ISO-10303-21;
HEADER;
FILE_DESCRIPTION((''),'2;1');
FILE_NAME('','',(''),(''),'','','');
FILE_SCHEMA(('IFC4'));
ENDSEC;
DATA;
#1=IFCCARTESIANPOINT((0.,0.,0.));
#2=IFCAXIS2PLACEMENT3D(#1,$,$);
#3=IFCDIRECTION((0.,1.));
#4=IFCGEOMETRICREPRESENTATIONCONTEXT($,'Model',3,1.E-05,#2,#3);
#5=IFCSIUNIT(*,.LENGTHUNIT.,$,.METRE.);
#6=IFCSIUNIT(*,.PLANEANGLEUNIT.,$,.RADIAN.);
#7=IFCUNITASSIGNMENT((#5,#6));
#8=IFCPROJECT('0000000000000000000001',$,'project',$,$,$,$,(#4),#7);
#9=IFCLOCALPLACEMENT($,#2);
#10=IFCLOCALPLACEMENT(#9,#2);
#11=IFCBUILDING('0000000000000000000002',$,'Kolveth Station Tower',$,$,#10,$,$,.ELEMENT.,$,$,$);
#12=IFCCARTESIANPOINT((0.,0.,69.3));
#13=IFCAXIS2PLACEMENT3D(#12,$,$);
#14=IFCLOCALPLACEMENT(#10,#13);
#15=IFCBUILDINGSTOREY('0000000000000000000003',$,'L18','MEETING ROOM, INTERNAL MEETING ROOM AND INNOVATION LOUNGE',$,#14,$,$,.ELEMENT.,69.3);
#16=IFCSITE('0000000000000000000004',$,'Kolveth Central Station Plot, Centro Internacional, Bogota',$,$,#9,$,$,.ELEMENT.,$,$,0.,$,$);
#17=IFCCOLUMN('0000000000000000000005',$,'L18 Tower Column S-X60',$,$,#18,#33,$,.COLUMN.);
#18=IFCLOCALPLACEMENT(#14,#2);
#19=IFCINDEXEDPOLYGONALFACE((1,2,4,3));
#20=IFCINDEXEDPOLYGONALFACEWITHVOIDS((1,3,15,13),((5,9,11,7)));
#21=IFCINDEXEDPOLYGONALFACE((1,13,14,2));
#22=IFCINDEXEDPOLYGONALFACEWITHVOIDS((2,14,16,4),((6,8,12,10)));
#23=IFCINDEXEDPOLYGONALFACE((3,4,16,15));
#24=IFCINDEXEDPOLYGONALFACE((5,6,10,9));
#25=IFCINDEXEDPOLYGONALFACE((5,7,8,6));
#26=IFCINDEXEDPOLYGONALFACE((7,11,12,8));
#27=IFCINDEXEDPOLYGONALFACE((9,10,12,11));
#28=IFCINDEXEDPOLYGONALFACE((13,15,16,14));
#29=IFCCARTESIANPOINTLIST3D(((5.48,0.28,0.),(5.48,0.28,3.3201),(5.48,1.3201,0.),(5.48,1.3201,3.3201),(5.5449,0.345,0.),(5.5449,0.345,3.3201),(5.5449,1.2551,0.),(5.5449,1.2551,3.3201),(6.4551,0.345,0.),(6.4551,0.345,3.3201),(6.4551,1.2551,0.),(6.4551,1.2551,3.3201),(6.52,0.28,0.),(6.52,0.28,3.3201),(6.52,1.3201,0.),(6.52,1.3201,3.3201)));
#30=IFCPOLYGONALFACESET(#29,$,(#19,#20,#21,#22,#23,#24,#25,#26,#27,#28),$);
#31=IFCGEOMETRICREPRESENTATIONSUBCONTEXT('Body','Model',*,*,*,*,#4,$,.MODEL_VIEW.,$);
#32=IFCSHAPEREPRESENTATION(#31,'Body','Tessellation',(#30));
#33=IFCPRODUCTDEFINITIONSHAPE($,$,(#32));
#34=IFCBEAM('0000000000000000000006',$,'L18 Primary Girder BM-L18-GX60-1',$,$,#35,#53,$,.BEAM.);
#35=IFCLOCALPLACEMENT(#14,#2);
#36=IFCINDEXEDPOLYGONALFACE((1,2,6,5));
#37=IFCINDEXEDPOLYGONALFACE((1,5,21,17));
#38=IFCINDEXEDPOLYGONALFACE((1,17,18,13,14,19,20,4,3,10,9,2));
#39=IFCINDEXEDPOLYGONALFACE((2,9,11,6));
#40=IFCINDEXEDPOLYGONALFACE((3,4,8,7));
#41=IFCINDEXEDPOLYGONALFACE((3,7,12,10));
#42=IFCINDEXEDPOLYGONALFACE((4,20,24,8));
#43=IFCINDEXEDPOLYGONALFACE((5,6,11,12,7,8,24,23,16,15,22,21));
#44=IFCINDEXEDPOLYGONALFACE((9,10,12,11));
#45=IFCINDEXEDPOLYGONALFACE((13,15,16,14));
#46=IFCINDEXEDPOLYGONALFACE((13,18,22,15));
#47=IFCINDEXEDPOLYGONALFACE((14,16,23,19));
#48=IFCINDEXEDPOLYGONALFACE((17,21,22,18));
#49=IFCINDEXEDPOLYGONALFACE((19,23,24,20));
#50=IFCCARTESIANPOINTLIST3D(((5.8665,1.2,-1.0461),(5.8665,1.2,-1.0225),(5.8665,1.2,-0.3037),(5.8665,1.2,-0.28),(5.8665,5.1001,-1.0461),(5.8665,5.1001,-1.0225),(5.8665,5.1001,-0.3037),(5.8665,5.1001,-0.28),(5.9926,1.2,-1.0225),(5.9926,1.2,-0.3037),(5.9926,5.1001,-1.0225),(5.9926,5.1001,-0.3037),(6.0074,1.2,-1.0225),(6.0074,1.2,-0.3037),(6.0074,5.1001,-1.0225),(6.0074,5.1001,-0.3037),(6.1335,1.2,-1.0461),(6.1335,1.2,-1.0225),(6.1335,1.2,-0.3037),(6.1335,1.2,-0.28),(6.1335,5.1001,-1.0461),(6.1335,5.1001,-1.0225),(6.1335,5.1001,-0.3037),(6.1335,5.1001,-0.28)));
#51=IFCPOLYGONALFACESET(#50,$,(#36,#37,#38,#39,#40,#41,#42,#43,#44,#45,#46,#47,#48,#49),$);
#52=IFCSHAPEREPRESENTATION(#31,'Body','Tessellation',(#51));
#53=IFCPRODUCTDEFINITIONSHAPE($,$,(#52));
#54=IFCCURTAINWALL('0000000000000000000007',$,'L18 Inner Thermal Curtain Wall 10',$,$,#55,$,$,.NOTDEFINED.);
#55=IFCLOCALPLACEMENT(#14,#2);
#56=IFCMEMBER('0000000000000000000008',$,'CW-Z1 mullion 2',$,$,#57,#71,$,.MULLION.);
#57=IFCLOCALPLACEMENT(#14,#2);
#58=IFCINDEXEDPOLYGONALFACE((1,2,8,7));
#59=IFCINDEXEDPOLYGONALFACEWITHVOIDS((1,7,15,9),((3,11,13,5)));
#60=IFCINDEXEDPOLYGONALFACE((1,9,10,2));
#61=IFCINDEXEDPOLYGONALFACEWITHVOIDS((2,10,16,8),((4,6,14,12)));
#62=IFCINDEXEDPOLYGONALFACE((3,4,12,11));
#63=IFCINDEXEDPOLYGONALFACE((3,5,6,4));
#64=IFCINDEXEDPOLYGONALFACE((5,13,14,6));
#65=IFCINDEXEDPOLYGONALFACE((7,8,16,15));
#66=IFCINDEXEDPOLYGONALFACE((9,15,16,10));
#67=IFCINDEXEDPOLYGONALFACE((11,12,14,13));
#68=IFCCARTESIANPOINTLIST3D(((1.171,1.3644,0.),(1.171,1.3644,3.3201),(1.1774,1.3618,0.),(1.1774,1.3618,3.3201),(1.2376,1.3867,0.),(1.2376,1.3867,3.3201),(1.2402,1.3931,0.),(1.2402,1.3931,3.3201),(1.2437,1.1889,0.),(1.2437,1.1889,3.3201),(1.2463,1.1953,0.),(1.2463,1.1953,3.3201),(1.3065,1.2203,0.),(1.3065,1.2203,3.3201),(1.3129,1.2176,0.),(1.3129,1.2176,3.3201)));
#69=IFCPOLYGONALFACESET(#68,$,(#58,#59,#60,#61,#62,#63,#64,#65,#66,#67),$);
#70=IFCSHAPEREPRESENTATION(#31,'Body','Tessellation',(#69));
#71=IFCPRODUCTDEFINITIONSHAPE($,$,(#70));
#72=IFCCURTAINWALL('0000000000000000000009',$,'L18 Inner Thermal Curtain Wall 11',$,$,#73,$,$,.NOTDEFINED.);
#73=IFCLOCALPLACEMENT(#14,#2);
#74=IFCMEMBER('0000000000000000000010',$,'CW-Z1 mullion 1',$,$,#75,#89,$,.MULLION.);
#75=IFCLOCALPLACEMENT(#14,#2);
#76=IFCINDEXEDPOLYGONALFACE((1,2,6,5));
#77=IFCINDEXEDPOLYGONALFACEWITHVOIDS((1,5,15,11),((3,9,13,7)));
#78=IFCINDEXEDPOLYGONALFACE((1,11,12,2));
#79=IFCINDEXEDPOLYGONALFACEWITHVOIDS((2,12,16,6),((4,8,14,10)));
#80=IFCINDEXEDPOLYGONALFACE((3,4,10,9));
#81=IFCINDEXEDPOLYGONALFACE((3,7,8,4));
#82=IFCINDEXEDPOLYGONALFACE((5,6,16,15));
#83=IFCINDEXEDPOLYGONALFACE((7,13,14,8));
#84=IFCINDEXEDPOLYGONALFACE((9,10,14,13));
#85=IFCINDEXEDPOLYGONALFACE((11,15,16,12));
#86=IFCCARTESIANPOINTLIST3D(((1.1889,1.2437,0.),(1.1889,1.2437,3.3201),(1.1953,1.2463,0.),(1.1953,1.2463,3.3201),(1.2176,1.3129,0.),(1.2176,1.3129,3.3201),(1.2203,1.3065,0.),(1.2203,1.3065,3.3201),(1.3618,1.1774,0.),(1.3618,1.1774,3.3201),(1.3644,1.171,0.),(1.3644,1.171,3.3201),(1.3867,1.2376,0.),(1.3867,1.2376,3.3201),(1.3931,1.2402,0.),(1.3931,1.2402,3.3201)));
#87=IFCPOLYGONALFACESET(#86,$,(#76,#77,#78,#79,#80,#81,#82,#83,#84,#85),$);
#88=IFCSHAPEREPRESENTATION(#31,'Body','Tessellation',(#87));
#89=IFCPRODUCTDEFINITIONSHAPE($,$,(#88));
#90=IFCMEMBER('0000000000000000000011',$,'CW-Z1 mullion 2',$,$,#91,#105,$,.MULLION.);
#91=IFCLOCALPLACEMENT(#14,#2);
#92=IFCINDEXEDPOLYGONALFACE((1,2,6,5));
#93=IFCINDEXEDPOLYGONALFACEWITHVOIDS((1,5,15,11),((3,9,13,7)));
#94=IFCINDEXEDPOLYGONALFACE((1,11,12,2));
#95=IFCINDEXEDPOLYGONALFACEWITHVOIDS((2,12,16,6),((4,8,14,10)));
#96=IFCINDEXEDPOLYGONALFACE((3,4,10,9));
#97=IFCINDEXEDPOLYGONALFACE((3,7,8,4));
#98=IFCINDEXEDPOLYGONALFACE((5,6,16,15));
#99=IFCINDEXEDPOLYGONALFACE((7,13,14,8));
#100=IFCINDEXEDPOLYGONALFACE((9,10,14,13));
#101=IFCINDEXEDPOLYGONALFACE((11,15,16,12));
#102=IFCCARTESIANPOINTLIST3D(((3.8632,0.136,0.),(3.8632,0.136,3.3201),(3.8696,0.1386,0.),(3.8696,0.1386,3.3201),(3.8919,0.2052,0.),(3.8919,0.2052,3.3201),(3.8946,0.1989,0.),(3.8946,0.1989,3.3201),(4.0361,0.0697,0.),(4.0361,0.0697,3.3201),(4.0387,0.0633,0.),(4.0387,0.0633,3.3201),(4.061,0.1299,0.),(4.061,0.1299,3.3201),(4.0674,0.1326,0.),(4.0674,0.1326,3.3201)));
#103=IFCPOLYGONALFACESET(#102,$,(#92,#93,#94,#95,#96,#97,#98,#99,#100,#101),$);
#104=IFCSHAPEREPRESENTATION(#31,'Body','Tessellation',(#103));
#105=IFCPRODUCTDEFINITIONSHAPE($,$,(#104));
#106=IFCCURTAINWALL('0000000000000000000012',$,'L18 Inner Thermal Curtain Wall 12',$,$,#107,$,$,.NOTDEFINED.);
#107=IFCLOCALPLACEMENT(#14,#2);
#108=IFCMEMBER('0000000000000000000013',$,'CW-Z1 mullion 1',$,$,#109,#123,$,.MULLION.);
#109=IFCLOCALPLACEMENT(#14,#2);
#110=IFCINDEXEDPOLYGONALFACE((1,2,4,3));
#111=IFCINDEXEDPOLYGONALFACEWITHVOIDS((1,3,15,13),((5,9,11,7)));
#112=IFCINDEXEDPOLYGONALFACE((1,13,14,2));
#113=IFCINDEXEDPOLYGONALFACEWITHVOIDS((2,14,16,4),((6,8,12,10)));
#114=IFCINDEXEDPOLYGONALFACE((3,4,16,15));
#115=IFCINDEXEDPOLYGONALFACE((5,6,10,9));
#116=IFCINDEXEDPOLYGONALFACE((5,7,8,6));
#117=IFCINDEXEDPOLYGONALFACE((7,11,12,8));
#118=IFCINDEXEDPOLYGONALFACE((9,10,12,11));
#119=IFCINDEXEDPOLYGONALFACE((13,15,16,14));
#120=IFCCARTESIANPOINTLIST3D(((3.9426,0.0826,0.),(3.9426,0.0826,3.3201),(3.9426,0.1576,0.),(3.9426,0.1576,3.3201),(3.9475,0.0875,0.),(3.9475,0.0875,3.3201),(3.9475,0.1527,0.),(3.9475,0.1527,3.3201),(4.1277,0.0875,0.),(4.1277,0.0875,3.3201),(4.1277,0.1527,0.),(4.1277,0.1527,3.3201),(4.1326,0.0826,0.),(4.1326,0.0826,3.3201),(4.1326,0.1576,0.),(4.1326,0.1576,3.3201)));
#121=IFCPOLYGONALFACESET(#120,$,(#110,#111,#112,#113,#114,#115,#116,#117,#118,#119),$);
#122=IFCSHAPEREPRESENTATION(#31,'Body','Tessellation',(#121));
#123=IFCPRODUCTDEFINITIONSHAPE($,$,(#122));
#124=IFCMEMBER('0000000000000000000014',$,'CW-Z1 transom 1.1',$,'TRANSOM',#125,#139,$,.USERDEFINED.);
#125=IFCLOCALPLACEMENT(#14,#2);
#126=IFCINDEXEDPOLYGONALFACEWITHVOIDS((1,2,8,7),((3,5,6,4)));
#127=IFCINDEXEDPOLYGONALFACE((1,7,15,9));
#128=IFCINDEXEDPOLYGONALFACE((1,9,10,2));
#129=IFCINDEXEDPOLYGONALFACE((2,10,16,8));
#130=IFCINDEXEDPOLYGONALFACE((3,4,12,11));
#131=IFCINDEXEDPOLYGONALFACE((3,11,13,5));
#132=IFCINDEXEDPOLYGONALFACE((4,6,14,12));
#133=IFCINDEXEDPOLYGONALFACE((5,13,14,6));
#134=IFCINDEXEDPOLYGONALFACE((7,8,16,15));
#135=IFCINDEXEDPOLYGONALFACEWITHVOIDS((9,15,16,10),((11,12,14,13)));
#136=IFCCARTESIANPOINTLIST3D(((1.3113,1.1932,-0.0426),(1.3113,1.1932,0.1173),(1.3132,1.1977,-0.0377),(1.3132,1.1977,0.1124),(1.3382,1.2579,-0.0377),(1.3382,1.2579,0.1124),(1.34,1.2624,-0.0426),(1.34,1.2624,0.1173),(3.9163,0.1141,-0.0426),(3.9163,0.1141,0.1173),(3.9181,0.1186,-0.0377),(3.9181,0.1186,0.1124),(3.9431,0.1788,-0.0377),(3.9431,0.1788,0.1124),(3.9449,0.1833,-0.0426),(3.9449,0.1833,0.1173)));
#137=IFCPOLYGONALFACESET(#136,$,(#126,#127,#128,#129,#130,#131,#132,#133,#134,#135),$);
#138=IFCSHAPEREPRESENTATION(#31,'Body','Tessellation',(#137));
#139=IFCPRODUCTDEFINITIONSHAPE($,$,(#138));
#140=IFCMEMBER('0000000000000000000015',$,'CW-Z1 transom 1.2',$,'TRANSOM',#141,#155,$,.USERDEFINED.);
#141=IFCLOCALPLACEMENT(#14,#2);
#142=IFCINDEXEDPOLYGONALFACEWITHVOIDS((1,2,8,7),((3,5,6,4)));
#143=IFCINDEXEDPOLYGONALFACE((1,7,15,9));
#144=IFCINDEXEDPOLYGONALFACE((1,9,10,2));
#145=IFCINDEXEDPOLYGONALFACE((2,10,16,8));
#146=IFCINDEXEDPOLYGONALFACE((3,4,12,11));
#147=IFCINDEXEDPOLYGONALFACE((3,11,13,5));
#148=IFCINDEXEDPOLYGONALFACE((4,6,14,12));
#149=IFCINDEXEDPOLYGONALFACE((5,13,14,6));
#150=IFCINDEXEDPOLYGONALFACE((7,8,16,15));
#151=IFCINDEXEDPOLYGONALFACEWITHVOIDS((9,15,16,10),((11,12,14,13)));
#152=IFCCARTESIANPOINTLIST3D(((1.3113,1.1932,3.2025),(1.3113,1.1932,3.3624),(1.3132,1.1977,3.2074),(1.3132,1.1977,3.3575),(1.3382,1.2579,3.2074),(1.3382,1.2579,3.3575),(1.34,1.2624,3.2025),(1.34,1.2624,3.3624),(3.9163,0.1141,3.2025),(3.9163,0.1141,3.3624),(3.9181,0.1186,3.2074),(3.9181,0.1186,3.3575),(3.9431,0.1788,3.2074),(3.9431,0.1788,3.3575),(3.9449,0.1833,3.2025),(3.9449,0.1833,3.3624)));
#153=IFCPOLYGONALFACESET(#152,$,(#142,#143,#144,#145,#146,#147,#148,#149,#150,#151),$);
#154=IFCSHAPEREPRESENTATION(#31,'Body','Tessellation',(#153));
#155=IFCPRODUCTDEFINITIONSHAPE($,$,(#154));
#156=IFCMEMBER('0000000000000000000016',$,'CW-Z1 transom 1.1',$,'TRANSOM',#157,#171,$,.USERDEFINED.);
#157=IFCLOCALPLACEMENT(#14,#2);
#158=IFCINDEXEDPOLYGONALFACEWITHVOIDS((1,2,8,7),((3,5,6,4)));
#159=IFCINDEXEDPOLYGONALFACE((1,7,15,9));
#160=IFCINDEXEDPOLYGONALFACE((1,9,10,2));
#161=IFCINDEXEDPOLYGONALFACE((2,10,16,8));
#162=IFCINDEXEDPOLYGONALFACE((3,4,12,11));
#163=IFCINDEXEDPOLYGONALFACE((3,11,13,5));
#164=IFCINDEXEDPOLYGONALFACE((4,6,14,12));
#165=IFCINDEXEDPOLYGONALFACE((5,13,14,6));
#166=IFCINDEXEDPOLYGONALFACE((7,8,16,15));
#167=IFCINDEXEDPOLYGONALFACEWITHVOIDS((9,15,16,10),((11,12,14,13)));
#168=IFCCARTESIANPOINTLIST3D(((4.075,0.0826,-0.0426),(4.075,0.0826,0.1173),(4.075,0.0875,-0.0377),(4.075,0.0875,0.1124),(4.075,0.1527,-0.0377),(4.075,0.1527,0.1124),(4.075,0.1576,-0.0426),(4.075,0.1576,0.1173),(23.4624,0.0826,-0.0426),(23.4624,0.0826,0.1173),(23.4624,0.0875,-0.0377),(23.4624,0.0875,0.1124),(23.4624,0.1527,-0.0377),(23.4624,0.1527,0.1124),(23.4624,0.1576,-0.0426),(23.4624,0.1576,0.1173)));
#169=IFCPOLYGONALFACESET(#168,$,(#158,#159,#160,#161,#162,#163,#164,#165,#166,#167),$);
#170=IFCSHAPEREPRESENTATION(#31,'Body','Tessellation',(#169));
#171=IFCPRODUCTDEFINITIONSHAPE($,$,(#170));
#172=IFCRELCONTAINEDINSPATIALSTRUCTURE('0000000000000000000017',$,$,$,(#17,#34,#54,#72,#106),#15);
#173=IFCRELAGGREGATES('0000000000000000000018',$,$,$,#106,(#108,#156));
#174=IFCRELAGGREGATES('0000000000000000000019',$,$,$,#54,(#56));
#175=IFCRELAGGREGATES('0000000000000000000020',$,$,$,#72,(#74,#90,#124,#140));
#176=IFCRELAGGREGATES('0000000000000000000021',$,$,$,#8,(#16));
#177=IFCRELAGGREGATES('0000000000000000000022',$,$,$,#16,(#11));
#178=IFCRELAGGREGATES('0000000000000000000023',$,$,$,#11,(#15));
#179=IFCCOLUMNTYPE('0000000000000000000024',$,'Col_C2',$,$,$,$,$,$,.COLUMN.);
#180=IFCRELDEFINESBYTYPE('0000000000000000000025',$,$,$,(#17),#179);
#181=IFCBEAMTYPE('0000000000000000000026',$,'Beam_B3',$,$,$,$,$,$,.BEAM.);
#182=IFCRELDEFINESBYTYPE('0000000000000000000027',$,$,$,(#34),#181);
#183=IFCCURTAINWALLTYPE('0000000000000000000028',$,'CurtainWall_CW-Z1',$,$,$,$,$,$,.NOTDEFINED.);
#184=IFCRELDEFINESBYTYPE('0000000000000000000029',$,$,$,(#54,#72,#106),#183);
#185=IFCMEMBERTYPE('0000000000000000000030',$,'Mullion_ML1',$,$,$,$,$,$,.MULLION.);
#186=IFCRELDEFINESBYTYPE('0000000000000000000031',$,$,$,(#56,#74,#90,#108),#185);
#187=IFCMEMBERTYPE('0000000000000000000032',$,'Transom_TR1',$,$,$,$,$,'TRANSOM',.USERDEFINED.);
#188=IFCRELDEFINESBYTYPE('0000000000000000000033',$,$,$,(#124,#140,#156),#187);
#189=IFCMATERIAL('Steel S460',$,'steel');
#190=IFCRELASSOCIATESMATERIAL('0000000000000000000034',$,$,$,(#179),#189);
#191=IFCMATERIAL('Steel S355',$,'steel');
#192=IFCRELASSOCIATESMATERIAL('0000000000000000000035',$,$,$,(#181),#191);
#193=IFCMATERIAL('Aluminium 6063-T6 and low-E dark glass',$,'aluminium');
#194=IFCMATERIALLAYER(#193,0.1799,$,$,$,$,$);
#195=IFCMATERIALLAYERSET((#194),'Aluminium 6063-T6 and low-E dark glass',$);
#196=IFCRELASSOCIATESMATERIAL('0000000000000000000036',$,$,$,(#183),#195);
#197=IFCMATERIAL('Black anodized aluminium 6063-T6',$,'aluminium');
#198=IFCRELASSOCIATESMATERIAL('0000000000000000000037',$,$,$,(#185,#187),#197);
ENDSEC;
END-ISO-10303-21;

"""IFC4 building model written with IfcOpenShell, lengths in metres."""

from ifc_helpers import new_model, si_unit, direction, frame, origin, origin_2d, place, context, subcontext, project, spatial, hollow_rectangle, i_section, extrude, source, transform, mapped, material, layer, layer_set, material_profile, profile_set, type_object, element, aggregate, save


model = new_model("IFC4")

# Units and contexts
model_context = context("Model", 3, precision=1e-05, world=origin(), true_north=direction((0.0, 1.0)))
body_context = subcontext(model_context, "Body", "Model", "MODEL_VIEW")
ifc_project = project(units=[si_unit("LENGTHUNIT", "METRE"), si_unit("PLANEANGLEUNIT", "RADIAN")], contexts=[model_context])

# Site, building, storey
site_placement = place(None, origin())
site = spatial("IfcSite", under=ifc_project, at=site_placement, Name="Kolveth Central Station Plot, Centro Internacional, Bogota", CompositionType="ELEMENT", RefElevation=0.0)
building_placement = place(site_placement, origin())
building = spatial("IfcBuilding", under=site, at=building_placement, Name="Kolveth Station Tower", CompositionType="ELEMENT")
storey_placement = place(building_placement, frame((0.0, 0.0, 69.3)))
storey = spatial("IfcBuildingStorey", under=building, at=storey_placement, Name="L18", Description="MEETING ROOM, INTERNAL MEETING ROOM AND INNOVATION LOUNGE", CompositionType="ELEMENT", Elevation=69.3)

# Column
ifc_material_1 = material(Name="Steel S460", Category="steel")
ifc_material_profile_1 = material_profile(ifc_material_1, hollow_rectangle(XDim=1.04, YDim=1.04, WallThickness=0.0649, at=origin_2d()), Name="BOX1040x1040x65")
ifc_profile_set_1 = profile_set([ifc_material_profile_1], Name="Steel S460")
column_type = type_object("IfcColumnType", Name="Col_C2", PredefinedType="COLUMN", material=ifc_profile_set_1)
shared_shape_1 = source(origin(), body_context, "Body", "SweptSolid", [
    extrude(hollow_rectangle(XDim=1.04, YDim=1.04, WallThickness=0.0649, at=origin_2d()), origin(), (0.0, 0.0, 1.0), 3.3201),
])
column_placement = place(storey_placement, frame((6.0, 0.8, 0.0), z_axis=(0.0, 0.0, 1.0), x_axis=(1.0, 0.0, 0.0)))
element("IfcColumn", 1, at=column_placement, inside=storey, type_object=column_type, Name="L18 Tower Column S-X60", PredefinedType="COLUMN", context=body_context, shape_type="MappedRepresentation", body=[
    mapped(shared_shape_1, transform((0.0, 0.0, 0.0), x_axis=(1.0, 0.0, 0.0), y_axis=(0.0, 1.0, 0.0), z_axis=(0.0, 0.0, 1.0), scale=1.0)),
])

# Beam
ifc_material_2 = material(Name="Steel S355", Category="steel")
ifc_material_profile_2 = material_profile(ifc_material_2, i_section(OverallWidth=0.2671, OverallDepth=0.7661, WebThickness=0.0149, FlangeThickness=0.0237, at=origin_2d()), Name="W760x185")
ifc_profile_set_2 = profile_set([ifc_material_profile_2], Name="Steel S355")
beam_type = type_object("IfcBeamType", Name="Beam_B3", PredefinedType="BEAM", material=ifc_profile_set_2)
shared_shape_2 = source(origin(), body_context, "Body", "SweptSolid", [
    extrude(i_section(OverallWidth=0.2671, OverallDepth=0.7661, WebThickness=0.0149, FlangeThickness=0.0237, at=origin_2d()), origin(), (0.0, 0.0, 1.0), 3.9001),
])
beam_placement = place(storey_placement, frame((6.0, 1.2, -0.6631), z_axis=(0.0, 1.0, 0.0), x_axis=(-1.0, 0.0, 0.0)))
element("IfcBeam", 2, at=beam_placement, inside=storey, type_object=beam_type, Name="L18 Primary Girder BM-L18-GX60-1", PredefinedType="BEAM", context=body_context, shape_type="MappedRepresentation", body=[
    mapped(shared_shape_2, transform((0.0, 0.0, 0.0), x_axis=(1.0, 0.0, 0.0), y_axis=(0.0, 1.0, 0.0), z_axis=(0.0, 0.0, 1.0), scale=1.0)),
])

# Curtain wall, member
ifc_material_3 = material(Name="Aluminium 6063-T6 and low-E dark glass", Category="aluminium")
ifc_layer_1 = layer(ifc_material_3, 0.1799)
ifc_layer_set_1 = layer_set([ifc_layer_1], Name="Aluminium 6063-T6 and low-E dark glass")
curtain_wall_type_1 = type_object("IfcCurtainWallType", Name="CurtainWall_CW-Z1", PredefinedType="NOTDEFINED", material=ifc_layer_set_1)
curtain_wall_1_placement = place(storey_placement, origin())
curtain_wall_1 = element("IfcCurtainWall", 3, at=curtain_wall_1_placement, inside=storey, type_object=curtain_wall_type_1, Name="L18 Inner Thermal Curtain Wall 10", PredefinedType="NOTDEFINED")
ifc_material_4 = material(Name="Black anodized aluminium 6063-T6", Category="aluminium")
ifc_material_profile_3 = material_profile(ifc_material_4, hollow_rectangle(XDim=0.075, YDim=0.1899, WallThickness=0.0049, at=origin_2d()), Name="ALU-75x190x5")
ifc_profile_set_3 = profile_set([ifc_material_profile_3], Name="Black anodized aluminium 6063-T6")
member_type_1 = type_object("IfcMemberType", Name="Mullion_ML1", PredefinedType="MULLION", material=ifc_profile_set_3)
shared_shape_3 = source(origin(), body_context, "Body", "SweptSolid", [
    extrude(hollow_rectangle(XDim=0.075, YDim=0.1899, WallThickness=0.0049, at=origin_2d()), origin(), (0.0, 0.0, 1.0), 3.3201),
])
member_1_placement = place(storey_placement, frame((1.2419, 1.291, 0.0), z_axis=(0.0, 0.0, 1.0), x_axis=(0.923884, 0.382673, 0.0)))
member_1 = element("IfcMember", 4, at=member_1_placement, type_object=member_type_1, Name="CW-Z1 mullion 2", PredefinedType="MULLION", context=body_context, shape_type="MappedRepresentation", body=[
    mapped(shared_shape_3, transform((0.0, 0.0, 0.0), x_axis=(1.0, 0.0, 0.0), y_axis=(0.0, 1.0, 0.0), z_axis=(0.0, 0.0, 1.0), scale=1.0)),
])

# Curtain wall, members
curtain_wall_2_placement = place(storey_placement, origin())
curtain_wall_2 = element("IfcCurtainWall", 5, at=curtain_wall_2_placement, inside=storey, type_object=curtain_wall_type_1, Name="L18 Inner Thermal Curtain Wall 11", PredefinedType="NOTDEFINED")
member_2_placement = place(storey_placement, frame((1.291, 1.2419, 0.0), z_axis=(0.0, 0.0, 1.0), x_axis=(0.382673, 0.923884, 0.0)))
member_2 = element("IfcMember", 6, at=member_2_placement, type_object=member_type_1, Name="CW-Z1 mullion 1", PredefinedType="MULLION", context=body_context, shape_type="MappedRepresentation", body=[
    mapped(shared_shape_3, transform((0.0, 0.0, 0.0), x_axis=(1.0, 0.0, 0.0), y_axis=(0.0, 1.0, 0.0), z_axis=(0.0, 0.0, 1.0), scale=1.0)),
])
member_3_placement = place(storey_placement, frame((3.9653, 0.1343, 0.0), z_axis=(0.0, 0.0, 1.0), x_axis=(0.382673, 0.923884, 0.0)))
member_3 = element("IfcMember", 7, at=member_3_placement, type_object=member_type_1, Name="CW-Z1 mullion 2", PredefinedType="MULLION", context=body_context, shape_type="MappedRepresentation", body=[
    mapped(shared_shape_3, transform((0.0, 0.0, 0.0), x_axis=(1.0, 0.0, 0.0), y_axis=(0.0, 1.0, 0.0), z_axis=(0.0, 0.0, 1.0), scale=1.0)),
])

# Curtain wall, member
curtain_wall_3_placement = place(storey_placement, origin())
curtain_wall_3 = element("IfcCurtainWall", 8, at=curtain_wall_3_placement, inside=storey, type_object=curtain_wall_type_1, Name="L18 Inner Thermal Curtain Wall 12", PredefinedType="NOTDEFINED")
member_4_placement = place(storey_placement, frame((4.0376, 0.1201, 0.0), z_axis=(0.0, 0.0, 1.0), x_axis=(0.0, 1.0, 0.0)))
member_4 = element("IfcMember", 9, at=member_4_placement, type_object=member_type_1, Name="CW-Z1 mullion 1", PredefinedType="MULLION", context=body_context, shape_type="MappedRepresentation", body=[
    mapped(shared_shape_3, transform((0.0, 0.0, 0.0), x_axis=(1.0, 0.0, 0.0), y_axis=(0.0, 1.0, 0.0), z_axis=(0.0, 0.0, 1.0), scale=1.0)),
])

# Members
ifc_material_profile_4 = material_profile(ifc_material_4, hollow_rectangle(XDim=0.075, YDim=0.1599, WallThickness=0.0049, at=origin_2d()), Name="ALU-75x160x5")
ifc_profile_set_4 = profile_set([ifc_material_profile_4], Name="Black anodized aluminium 6063-T6")
member_type_2 = type_object("IfcMemberType", Name="Transom_TR1", ElementType="TRANSOM", PredefinedType="USERDEFINED", material=ifc_profile_set_4)
shared_shape_4 = source(origin(), body_context, "Body", "SweptSolid", [
    extrude(hollow_rectangle(XDim=0.075, YDim=0.1599, WallThickness=0.0049, at=origin_2d()), origin(), (0.0, 0.0, 1.0), 2.8196),
])
member_5_placement = place(storey_placement, frame((1.3257, 1.2278, 0.0374), z_axis=(0.923869, -0.382709, 0.0), x_axis=(0.382709, 0.923869, 0.0)))
member_5 = element("IfcMember", 10, at=member_5_placement, type_object=member_type_2, Name="CW-Z1 transom 1.1", ObjectType="TRANSOM", PredefinedType="USERDEFINED", context=body_context, shape_type="MappedRepresentation", body=[
    mapped(shared_shape_4, transform((0.0, 0.0, 0.0), x_axis=(1.0, 0.0, 0.0), y_axis=(0.0, 1.0, 0.0), z_axis=(0.0, 0.0, 1.0), scale=1.0)),
])
member_6_placement = place(storey_placement, frame((1.3257, 1.2278, 3.2825), z_axis=(0.923869, -0.382709, 0.0), x_axis=(0.382709, 0.923869, 0.0)))
member_6 = element("IfcMember", 11, at=member_6_placement, type_object=member_type_2, Name="CW-Z1 transom 1.2", ObjectType="TRANSOM", PredefinedType="USERDEFINED", context=body_context, shape_type="MappedRepresentation", body=[
    mapped(shared_shape_4, transform((0.0, 0.0, 0.0), x_axis=(1.0, 0.0, 0.0), y_axis=(0.0, 1.0, 0.0), z_axis=(0.0, 0.0, 1.0), scale=1.0)),
])
shared_shape_5 = source(origin(), body_context, "Body", "SweptSolid", [
    extrude(hollow_rectangle(XDim=0.075, YDim=0.1599, WallThickness=0.0049, at=origin_2d()), origin(), (0.0, 0.0, 1.0), 19.3875),
])
member_7_placement = place(storey_placement, frame((4.075, 0.1201, 0.0374), z_axis=(1.0, 0.0, 0.0), x_axis=(0.0, 1.0, 0.0)))
member_7 = element("IfcMember", 12, at=member_7_placement, type_object=member_type_2, Name="CW-Z1 transom 1.1", ObjectType="TRANSOM", PredefinedType="USERDEFINED", context=body_context, shape_type="MappedRepresentation", body=[
    mapped(shared_shape_5, transform((0.0, 0.0, 0.0), x_axis=(1.0, 0.0, 0.0), y_axis=(0.0, 1.0, 0.0), z_axis=(0.0, 0.0, 1.0), scale=1.0)),
])
aggregate(curtain_wall_3, [member_4, member_7])

aggregate(curtain_wall_1, [member_1])
aggregate(curtain_wall_2, [member_2, member_3, member_5, member_6])

save(model, "model.ifc")
